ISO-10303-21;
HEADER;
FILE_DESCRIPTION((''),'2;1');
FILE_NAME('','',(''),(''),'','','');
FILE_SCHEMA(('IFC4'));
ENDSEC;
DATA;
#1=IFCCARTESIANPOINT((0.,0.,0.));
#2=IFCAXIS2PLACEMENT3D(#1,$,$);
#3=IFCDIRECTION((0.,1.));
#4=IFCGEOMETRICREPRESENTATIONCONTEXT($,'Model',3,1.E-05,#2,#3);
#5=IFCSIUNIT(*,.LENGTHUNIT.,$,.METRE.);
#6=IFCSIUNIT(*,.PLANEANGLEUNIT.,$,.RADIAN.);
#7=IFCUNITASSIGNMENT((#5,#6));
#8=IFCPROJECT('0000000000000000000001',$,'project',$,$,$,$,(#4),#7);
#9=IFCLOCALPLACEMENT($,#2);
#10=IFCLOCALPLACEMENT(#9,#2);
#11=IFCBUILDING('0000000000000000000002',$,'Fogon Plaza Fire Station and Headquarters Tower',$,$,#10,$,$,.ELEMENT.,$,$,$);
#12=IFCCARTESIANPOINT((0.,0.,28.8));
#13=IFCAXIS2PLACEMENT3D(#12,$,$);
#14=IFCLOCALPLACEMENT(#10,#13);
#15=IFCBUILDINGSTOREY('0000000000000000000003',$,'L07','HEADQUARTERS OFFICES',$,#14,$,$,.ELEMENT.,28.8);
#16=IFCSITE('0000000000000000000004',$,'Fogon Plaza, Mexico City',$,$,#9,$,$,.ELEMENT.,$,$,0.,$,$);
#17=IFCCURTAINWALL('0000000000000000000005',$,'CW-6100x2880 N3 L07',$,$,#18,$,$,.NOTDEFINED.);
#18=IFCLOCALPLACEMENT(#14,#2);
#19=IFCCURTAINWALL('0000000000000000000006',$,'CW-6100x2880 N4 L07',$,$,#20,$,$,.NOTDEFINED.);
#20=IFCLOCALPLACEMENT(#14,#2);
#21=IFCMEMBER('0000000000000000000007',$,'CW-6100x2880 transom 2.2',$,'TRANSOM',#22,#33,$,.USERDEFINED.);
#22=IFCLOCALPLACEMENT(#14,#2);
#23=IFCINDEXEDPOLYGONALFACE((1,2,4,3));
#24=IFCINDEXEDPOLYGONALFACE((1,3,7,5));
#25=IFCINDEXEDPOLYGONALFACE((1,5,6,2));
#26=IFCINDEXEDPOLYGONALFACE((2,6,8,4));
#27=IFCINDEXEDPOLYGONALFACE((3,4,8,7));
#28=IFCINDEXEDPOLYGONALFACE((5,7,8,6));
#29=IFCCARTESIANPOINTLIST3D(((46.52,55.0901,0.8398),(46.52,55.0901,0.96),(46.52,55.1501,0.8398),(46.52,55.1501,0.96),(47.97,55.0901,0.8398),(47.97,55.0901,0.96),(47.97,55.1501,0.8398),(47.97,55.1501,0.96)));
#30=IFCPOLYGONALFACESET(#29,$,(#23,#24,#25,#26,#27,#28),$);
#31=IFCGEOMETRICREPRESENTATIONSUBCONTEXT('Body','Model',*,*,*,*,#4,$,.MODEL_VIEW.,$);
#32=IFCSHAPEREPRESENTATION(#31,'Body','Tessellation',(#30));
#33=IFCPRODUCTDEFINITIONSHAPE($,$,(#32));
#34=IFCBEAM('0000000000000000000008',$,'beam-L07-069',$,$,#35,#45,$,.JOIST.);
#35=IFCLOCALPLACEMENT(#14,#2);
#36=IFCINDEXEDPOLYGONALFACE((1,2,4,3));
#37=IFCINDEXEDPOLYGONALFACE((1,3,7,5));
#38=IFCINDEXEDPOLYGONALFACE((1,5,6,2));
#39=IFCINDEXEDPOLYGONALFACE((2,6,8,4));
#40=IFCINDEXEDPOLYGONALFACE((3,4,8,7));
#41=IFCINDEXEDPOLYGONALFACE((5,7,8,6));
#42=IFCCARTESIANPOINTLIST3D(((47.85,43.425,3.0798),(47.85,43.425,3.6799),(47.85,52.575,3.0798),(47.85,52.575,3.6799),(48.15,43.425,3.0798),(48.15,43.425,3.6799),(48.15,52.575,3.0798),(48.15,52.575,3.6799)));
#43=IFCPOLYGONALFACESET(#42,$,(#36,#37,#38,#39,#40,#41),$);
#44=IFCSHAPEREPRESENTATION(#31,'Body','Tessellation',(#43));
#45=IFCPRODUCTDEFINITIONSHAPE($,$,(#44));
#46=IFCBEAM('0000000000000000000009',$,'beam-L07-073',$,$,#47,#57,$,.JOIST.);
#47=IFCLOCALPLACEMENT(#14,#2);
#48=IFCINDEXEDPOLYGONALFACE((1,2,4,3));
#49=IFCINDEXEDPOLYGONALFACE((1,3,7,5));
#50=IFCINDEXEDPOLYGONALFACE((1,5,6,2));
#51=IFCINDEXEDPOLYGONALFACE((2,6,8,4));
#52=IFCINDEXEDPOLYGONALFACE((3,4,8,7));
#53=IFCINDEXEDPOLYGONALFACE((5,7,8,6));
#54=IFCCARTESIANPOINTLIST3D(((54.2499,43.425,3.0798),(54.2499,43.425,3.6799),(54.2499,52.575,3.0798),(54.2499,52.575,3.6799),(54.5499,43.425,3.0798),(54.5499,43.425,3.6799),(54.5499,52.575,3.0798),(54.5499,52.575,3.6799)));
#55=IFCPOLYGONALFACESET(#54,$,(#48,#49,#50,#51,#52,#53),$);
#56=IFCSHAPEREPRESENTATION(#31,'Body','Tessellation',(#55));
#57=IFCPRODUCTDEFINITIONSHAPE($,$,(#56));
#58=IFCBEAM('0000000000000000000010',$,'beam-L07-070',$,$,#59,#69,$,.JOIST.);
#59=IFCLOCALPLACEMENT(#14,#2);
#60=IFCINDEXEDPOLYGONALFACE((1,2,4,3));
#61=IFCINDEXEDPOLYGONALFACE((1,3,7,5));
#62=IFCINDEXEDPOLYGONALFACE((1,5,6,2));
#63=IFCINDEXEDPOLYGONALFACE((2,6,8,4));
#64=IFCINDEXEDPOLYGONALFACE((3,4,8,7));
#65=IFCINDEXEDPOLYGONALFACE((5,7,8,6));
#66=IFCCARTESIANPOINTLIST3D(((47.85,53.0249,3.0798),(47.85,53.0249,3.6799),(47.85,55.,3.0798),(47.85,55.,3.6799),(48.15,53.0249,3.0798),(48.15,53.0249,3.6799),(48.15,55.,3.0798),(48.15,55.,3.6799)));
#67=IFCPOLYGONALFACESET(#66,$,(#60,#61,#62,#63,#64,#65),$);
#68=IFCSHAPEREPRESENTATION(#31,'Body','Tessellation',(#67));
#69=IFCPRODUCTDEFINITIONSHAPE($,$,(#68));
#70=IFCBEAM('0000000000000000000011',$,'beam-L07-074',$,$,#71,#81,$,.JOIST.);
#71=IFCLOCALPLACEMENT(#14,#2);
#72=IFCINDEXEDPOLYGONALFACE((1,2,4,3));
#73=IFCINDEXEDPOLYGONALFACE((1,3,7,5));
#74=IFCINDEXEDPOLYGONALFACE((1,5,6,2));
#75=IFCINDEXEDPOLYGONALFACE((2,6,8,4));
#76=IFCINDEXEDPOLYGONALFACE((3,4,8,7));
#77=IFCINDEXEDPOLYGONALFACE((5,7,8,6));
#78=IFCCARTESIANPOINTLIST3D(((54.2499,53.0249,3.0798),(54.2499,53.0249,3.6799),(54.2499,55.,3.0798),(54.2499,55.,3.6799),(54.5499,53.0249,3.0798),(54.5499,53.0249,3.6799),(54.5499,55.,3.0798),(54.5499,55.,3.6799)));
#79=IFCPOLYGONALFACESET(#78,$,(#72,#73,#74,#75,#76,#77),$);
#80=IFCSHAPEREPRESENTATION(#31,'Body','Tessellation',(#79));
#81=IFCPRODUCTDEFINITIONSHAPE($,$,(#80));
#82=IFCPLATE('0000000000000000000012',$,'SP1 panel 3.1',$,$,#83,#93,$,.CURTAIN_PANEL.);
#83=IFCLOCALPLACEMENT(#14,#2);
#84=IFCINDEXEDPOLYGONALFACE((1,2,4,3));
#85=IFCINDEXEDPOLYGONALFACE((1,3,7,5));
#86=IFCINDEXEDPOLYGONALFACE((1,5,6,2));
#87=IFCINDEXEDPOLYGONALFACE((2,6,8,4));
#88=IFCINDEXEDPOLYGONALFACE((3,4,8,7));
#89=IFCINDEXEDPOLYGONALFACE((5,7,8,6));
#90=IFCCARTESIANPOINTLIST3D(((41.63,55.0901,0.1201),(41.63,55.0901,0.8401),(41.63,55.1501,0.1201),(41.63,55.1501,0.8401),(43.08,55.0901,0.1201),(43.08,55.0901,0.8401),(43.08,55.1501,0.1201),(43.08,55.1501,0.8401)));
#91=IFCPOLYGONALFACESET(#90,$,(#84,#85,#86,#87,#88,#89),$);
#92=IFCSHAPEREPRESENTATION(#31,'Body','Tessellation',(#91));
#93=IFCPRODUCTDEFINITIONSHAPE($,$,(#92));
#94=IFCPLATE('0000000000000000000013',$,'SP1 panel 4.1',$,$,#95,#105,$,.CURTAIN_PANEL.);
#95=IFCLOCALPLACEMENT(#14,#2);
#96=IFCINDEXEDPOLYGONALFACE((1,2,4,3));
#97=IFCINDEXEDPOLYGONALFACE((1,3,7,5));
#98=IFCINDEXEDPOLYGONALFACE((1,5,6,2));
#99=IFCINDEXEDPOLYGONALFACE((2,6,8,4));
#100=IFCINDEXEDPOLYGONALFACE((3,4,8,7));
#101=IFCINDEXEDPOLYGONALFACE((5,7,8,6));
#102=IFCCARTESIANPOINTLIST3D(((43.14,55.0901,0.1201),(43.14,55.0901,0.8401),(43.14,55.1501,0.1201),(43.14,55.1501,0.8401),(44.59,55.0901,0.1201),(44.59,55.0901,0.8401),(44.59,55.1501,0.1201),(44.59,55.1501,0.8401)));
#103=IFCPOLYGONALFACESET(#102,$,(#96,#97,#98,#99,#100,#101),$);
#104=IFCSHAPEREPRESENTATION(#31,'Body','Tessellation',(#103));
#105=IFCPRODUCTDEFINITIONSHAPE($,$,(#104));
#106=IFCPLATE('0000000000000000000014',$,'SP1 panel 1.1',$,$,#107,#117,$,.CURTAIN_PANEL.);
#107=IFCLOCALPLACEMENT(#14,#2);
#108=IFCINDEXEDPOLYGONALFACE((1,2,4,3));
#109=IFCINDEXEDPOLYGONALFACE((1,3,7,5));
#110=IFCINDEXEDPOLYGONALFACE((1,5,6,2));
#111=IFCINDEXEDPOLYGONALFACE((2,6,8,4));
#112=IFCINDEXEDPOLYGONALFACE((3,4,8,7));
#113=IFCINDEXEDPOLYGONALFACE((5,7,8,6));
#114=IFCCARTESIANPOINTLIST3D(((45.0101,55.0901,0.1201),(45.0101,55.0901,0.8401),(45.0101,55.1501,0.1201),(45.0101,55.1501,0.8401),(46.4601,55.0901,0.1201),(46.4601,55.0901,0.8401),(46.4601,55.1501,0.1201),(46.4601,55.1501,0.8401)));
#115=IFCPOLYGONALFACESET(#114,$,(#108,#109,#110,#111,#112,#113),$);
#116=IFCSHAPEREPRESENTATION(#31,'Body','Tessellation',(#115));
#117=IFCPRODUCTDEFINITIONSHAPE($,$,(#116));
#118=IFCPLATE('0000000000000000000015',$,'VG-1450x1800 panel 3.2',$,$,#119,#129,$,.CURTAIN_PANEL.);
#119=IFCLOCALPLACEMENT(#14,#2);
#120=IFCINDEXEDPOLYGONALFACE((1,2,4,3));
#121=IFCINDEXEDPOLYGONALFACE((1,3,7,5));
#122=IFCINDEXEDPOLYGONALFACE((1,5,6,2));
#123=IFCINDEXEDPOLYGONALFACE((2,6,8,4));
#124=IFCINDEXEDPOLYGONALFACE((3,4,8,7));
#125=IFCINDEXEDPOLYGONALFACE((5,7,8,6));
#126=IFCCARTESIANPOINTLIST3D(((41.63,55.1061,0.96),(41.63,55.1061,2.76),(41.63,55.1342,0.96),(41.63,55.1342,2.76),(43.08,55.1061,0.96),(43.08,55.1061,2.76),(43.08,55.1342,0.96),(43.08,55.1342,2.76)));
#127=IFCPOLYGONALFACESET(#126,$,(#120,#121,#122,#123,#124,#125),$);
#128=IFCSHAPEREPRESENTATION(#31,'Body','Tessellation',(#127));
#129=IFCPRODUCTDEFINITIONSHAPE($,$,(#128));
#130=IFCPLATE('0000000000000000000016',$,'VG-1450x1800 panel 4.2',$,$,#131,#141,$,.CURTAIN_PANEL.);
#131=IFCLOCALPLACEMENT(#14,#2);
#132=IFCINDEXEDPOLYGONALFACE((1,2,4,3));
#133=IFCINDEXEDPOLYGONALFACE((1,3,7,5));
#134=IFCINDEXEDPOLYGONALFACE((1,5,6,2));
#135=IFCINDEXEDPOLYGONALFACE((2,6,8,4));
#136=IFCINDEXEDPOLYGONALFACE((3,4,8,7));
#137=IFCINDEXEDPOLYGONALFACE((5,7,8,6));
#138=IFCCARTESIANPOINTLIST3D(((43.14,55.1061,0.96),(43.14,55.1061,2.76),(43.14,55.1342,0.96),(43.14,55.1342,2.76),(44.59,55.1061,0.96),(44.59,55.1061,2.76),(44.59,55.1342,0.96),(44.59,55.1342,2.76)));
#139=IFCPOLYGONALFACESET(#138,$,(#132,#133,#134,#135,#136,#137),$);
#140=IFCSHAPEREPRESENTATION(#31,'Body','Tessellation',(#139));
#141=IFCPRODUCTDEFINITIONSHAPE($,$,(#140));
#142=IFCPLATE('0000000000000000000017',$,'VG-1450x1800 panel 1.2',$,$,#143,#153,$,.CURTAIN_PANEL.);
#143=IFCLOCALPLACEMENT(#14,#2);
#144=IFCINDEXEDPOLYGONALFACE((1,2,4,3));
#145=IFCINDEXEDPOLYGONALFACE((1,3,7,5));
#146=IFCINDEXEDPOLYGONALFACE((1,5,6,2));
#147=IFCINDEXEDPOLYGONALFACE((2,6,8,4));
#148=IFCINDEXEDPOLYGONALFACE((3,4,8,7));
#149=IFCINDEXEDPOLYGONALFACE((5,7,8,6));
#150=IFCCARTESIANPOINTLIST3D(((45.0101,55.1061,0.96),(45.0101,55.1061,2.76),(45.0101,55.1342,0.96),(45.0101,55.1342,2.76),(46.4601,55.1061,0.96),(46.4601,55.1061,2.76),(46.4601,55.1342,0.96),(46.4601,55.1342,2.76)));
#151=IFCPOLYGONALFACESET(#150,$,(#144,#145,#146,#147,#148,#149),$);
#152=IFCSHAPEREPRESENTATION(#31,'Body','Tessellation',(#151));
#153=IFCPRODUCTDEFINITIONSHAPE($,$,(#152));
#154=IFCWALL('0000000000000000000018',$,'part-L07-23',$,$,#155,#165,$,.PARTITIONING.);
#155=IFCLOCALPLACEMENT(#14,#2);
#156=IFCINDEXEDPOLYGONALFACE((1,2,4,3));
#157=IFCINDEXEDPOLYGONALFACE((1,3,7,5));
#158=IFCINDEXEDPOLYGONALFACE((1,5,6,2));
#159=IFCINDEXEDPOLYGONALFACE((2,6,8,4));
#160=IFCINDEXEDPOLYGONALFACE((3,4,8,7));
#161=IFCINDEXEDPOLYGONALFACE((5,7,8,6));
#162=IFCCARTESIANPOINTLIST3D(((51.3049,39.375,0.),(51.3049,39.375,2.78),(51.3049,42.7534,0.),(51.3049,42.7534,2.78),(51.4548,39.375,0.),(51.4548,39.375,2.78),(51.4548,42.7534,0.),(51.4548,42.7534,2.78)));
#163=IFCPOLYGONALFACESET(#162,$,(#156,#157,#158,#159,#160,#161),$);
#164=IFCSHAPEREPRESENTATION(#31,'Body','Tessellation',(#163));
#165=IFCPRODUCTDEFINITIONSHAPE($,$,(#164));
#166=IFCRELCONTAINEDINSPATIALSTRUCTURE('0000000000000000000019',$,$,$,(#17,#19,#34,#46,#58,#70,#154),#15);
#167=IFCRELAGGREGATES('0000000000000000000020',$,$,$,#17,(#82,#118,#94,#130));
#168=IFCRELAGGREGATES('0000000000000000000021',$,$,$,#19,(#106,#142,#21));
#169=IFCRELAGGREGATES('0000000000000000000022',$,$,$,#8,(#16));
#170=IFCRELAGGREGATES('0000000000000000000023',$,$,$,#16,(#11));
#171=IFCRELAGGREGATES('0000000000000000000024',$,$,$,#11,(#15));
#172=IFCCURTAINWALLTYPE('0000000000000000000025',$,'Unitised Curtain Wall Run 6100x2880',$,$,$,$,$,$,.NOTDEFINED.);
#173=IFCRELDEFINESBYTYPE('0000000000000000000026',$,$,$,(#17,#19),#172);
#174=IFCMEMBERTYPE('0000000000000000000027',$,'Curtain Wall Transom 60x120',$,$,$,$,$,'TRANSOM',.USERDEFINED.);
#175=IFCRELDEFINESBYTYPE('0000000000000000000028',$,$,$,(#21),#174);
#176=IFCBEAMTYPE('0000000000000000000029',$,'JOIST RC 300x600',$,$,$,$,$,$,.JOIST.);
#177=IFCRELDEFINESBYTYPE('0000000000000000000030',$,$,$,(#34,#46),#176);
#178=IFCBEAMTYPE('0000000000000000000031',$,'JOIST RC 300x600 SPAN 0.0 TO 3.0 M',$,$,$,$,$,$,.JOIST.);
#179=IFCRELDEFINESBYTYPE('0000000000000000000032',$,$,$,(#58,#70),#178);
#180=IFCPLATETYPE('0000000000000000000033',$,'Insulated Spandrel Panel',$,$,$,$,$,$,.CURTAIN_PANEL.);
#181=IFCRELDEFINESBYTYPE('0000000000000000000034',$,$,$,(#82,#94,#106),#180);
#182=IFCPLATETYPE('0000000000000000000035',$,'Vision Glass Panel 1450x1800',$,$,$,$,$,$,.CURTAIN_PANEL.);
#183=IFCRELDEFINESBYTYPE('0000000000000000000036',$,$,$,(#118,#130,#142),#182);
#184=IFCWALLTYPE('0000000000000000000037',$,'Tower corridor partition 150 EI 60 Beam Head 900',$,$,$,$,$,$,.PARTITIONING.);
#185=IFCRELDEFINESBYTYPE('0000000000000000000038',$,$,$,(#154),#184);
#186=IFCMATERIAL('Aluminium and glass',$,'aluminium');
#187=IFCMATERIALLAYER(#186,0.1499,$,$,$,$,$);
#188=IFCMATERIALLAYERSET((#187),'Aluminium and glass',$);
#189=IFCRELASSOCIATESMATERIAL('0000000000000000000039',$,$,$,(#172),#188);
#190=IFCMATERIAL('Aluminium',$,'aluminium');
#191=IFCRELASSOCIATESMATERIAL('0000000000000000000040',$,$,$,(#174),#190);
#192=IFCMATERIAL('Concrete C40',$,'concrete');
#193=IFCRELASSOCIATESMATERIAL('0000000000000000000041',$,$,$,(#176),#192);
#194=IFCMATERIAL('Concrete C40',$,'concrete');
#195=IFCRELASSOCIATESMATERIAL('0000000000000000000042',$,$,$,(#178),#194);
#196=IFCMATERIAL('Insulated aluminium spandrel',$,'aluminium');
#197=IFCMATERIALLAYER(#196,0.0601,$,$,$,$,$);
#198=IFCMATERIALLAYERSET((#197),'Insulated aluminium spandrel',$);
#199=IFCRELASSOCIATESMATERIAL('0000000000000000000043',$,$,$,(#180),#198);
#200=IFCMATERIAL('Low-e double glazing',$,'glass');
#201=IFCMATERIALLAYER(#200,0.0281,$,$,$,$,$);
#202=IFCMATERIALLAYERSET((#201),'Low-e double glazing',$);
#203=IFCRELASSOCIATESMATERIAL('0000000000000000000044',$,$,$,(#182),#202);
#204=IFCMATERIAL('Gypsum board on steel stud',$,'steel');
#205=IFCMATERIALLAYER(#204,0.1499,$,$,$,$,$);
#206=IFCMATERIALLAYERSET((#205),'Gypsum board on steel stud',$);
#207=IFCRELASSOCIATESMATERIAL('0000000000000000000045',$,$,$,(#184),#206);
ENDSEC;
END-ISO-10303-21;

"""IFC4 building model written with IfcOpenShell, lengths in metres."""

from ifc_helpers import new_model, si_unit, direction, frame, frame_2d, origin, origin_2d, place, context, subcontext, project, spatial, rectangle, extrude, material, layer, layer_set, material_profile, profile_set, type_object, element, aggregate, save


model = new_model("IFC4")

# Units and contexts
model_context = context("Model", 3, precision=1e-05, world=origin(), true_north=direction((0.0, 1.0)))
body_context = subcontext(model_context, "Body", "Model", "MODEL_VIEW")
ifc_project = project(units=[si_unit("LENGTHUNIT", "METRE"), si_unit("PLANEANGLEUNIT", "RADIAN")], contexts=[model_context])

# Site, building, storey
site_placement = place(None, origin())
site = spatial("IfcSite", under=ifc_project, at=site_placement, Name="Fogon Plaza, Mexico City", CompositionType="ELEMENT", RefElevation=0.0)
building_placement = place(site_placement, origin())
building = spatial("IfcBuilding", under=site, at=building_placement, Name="Fogon Plaza Fire Station and Headquarters Tower", CompositionType="ELEMENT")
storey_placement = place(building_placement, frame((0.0, 0.0, 28.8)))
storey = spatial("IfcBuildingStorey", under=building, at=storey_placement, Name="L07", Description="HEADQUARTERS OFFICES", CompositionType="ELEMENT", Elevation=28.8)

# Curtain walls
ifc_material_1 = material(Name="Aluminium and glass", Category="aluminium")
ifc_layer_1 = layer(ifc_material_1, 0.1499)
ifc_layer_set_1 = layer_set([ifc_layer_1], Name="Aluminium and glass")
curtain_wall_type = type_object("IfcCurtainWallType", Name="Unitised Curtain Wall Run 6100x2880", PredefinedType="NOTDEFINED", material=ifc_layer_set_1)
curtain_wall_1_placement = place(storey_placement, origin())
curtain_wall_1 = element("IfcCurtainWall", 1, at=curtain_wall_1_placement, inside=storey, type_object=curtain_wall_type, Name="CW-6100x2880 N3 L07", PredefinedType="NOTDEFINED")
curtain_wall_2_placement = place(storey_placement, origin())
curtain_wall_2 = element("IfcCurtainWall", 2, at=curtain_wall_2_placement, inside=storey, type_object=curtain_wall_type, Name="CW-6100x2880 N4 L07", PredefinedType="NOTDEFINED")

# Member
ifc_material_2 = material(Name="Aluminium", Category="aluminium")
ifc_material_profile_1 = material_profile(ifc_material_2, rectangle(XDim=0.0601, YDim=0.1201, at=origin_2d()), Name="Curtain Wall Transom 60x120")
ifc_profile_set_1 = profile_set([ifc_material_profile_1], Name="Aluminium")
member_type_1 = type_object("IfcMemberType", Name="Curtain Wall Transom 60x120", ElementType="TRANSOM", PredefinedType="USERDEFINED", material=ifc_profile_set_1)
member_1_placement = place(storey_placement, frame((46.52, 55.1201, 0.8999), z_axis=(1.0, 0.0, 0.0), x_axis=(0.0, 1.0, 0.0)))
member_1 = element("IfcMember", 3, at=member_1_placement, type_object=member_type_1, Name="CW-6100x2880 transom 2.2", ObjectType="TRANSOM", PredefinedType="USERDEFINED", context=body_context, shape_type="SweptSolid", body=[
    extrude(rectangle(XDim=0.0601, YDim=0.1201, at=origin_2d()), origin(), (0.0, 0.0, 1.0), 1.45),
])

# Beams
ifc_material_3 = material(Name="Concrete C40", Category="concrete")
ifc_material_profile_2 = material_profile(ifc_material_3, rectangle(XDim=0.3, YDim=0.6001, at=origin_2d()), Name="RC 300x600")
ifc_profile_set_2 = profile_set([ifc_material_profile_2], Name="Concrete C40")
beam_type_1 = type_object("IfcBeamType", Name="JOIST RC 300x600", PredefinedType="JOIST", material=ifc_profile_set_2)
for number, where, z_axis, x_axis, name in (
    (4, (48.0, 43.425, 3.3799), (0.0, 1.0, 0.0), (-1.0, 0.0, 0.0), "beam-L07-069"),
    (5, (54.3999, 43.425, 3.3799), (0.0, 1.0, 0.0), (-1.0, 0.0, 0.0), "beam-L07-073"),
):
    element("IfcBeam", number, at=place(storey_placement, frame(where, z_axis=z_axis, x_axis=x_axis)), inside=storey, type_object=beam_type_1, Name=name, PredefinedType="JOIST", context=body_context, shape_type="SweptSolid", body=[
        extrude(rectangle(XDim=0.3, YDim=0.6001, at=origin_2d()), origin(), (0.0, 0.0, 1.0), 9.1499),
    ])
ifc_material_4 = material(Name="Concrete C40", Category="concrete")
ifc_material_profile_3 = material_profile(ifc_material_4, rectangle(XDim=0.3, YDim=0.6001, at=origin_2d()), Name="RC 300x600")
ifc_profile_set_3 = profile_set([ifc_material_profile_3], Name="Concrete C40")
beam_type_2 = type_object("IfcBeamType", Name="JOIST RC 300x600 SPAN 0.0 TO 3.0 M", PredefinedType="JOIST", material=ifc_profile_set_3)
for number, where, z_axis, x_axis, name in (
    (6, (48.0, 53.0249, 3.3799), (0.0, 1.0, 0.0), (-1.0, 0.0, 0.0), "beam-L07-070"),
    (7, (54.3999, 53.0249, 3.3799), (0.0, 1.0, 0.0), (-1.0, 0.0, 0.0), "beam-L07-074"),
):
    element("IfcBeam", number, at=place(storey_placement, frame(where, z_axis=z_axis, x_axis=x_axis)), inside=storey, type_object=beam_type_2, Name=name, PredefinedType="JOIST", context=body_context, shape_type="SweptSolid", body=[
        extrude(rectangle(XDim=0.3, YDim=0.6001, at=origin_2d()), origin(), (0.0, 0.0, 1.0), 1.9751),
    ])

# Plates
ifc_material_5 = material(Name="Insulated aluminium spandrel", Category="aluminium")
ifc_layer_2 = layer(ifc_material_5, 0.0601)
ifc_layer_set_2 = layer_set([ifc_layer_2], Name="Insulated aluminium spandrel")
plate_type_1 = type_object("IfcPlateType", Name="Insulated Spandrel Panel", PredefinedType="CURTAIN_PANEL", material=ifc_layer_set_2)
plate_1_placement = place(storey_placement, frame((42.355, 55.1201, 0.1201), z_axis=(0.0, 0.0, 1.0), x_axis=(1.0, 0.0, 0.0)))
plate_1 = element("IfcPlate", 8, at=plate_1_placement, type_object=plate_type_1, Name="SP1 panel 3.1", PredefinedType="CURTAIN_PANEL", context=body_context, shape_type="SweptSolid", body=[
    extrude(rectangle(XDim=1.45, YDim=0.0601, at=origin_2d()), origin(), (0.0, 0.0, 1.0), 0.72),
])
plate_2_placement = place(storey_placement, frame((43.865, 55.1201, 0.1201), z_axis=(0.0, 0.0, 1.0), x_axis=(1.0, 0.0, 0.0)))
plate_2 = element("IfcPlate", 9, at=plate_2_placement, type_object=plate_type_1, Name="SP1 panel 4.1", PredefinedType="CURTAIN_PANEL", context=body_context, shape_type="SweptSolid", body=[
    extrude(rectangle(XDim=1.45, YDim=0.0601, at=origin_2d()), origin(), (0.0, 0.0, 1.0), 0.72),
])
plate_3_placement = place(storey_placement, frame((45.7351, 55.1201, 0.1201), z_axis=(0.0, 0.0, 1.0), x_axis=(1.0, 0.0, 0.0)))
plate_3 = element("IfcPlate", 10, at=plate_3_placement, type_object=plate_type_1, Name="SP1 panel 1.1", PredefinedType="CURTAIN_PANEL", context=body_context, shape_type="SweptSolid", body=[
    extrude(rectangle(XDim=1.45, YDim=0.0601, at=origin_2d()), origin(), (0.0, 0.0, 1.0), 0.72),
])
ifc_material_6 = material(Name="Low-e double glazing", Category="glass")
ifc_layer_3 = layer(ifc_material_6, 0.0281)
ifc_layer_set_3 = layer_set([ifc_layer_3], Name="Low-e double glazing")
plate_type_2 = type_object("IfcPlateType", Name="Vision Glass Panel 1450x1800", PredefinedType="CURTAIN_PANEL", material=ifc_layer_set_3)
plate_4_placement = place(storey_placement, frame((42.355, 55.1201, 0.96), z_axis=(0.0, 0.0, 1.0), x_axis=(1.0, 0.0, 0.0)))
plate_4 = element("IfcPlate", 11, at=plate_4_placement, type_object=plate_type_2, Name="VG-1450x1800 panel 3.2", PredefinedType="CURTAIN_PANEL", context=body_context, shape_type="SweptSolid", body=[
    extrude(rectangle(XDim=1.45, YDim=0.0281, at=origin_2d()), origin(), (0.0, 0.0, 1.0), 1.8),
])
plate_5_placement = place(storey_placement, frame((43.865, 55.1201, 0.96), z_axis=(0.0, 0.0, 1.0), x_axis=(1.0, 0.0, 0.0)))
plate_5 = element("IfcPlate", 12, at=plate_5_placement, type_object=plate_type_2, Name="VG-1450x1800 panel 4.2", PredefinedType="CURTAIN_PANEL", context=body_context, shape_type="SweptSolid", body=[
    extrude(rectangle(XDim=1.45, YDim=0.0281, at=origin_2d()), origin(), (0.0, 0.0, 1.0), 1.8),
])
aggregate(curtain_wall_1, [plate_1, plate_4, plate_2, plate_5])
plate_6_placement = place(storey_placement, frame((45.7351, 55.1201, 0.96), z_axis=(0.0, 0.0, 1.0), x_axis=(1.0, 0.0, 0.0)))
plate_6 = element("IfcPlate", 13, at=plate_6_placement, type_object=plate_type_2, Name="VG-1450x1800 panel 1.2", PredefinedType="CURTAIN_PANEL", context=body_context, shape_type="SweptSolid", body=[
    extrude(rectangle(XDim=1.45, YDim=0.0281, at=origin_2d()), origin(), (0.0, 0.0, 1.0), 1.8),
])
aggregate(curtain_wall_2, [plate_3, plate_6, member_1])

# Wall
ifc_material_7 = material(Name="Gypsum board on steel stud", Category="steel")
ifc_layer_4 = layer(ifc_material_7, 0.1499)
ifc_layer_set_4 = layer_set([ifc_layer_4], Name="Gypsum board on steel stud")
wall_type = type_object("IfcWallType", Name="Tower corridor partition 150 EI 60 Beam Head 900", PredefinedType="PARTITIONING", material=ifc_layer_set_4)
wall_placement = place(storey_placement, frame((51.3799, 39.375, 0.0), z_axis=(0.0, 0.0, 1.0), x_axis=(0.0, 1.0, 0.0)))
element("IfcWall", 14, at=wall_placement, inside=storey, type_object=wall_type, Name="part-L07-23", PredefinedType="PARTITIONING", context=body_context, shape_type="SweptSolid", body=[
    extrude(rectangle(XDim=3.3784, YDim=0.1499, at=frame_2d((1.6892, 0.0))), origin(), (0.0, 0.0, 1.0), 2.78),
])

save(model, "model.ifc")
